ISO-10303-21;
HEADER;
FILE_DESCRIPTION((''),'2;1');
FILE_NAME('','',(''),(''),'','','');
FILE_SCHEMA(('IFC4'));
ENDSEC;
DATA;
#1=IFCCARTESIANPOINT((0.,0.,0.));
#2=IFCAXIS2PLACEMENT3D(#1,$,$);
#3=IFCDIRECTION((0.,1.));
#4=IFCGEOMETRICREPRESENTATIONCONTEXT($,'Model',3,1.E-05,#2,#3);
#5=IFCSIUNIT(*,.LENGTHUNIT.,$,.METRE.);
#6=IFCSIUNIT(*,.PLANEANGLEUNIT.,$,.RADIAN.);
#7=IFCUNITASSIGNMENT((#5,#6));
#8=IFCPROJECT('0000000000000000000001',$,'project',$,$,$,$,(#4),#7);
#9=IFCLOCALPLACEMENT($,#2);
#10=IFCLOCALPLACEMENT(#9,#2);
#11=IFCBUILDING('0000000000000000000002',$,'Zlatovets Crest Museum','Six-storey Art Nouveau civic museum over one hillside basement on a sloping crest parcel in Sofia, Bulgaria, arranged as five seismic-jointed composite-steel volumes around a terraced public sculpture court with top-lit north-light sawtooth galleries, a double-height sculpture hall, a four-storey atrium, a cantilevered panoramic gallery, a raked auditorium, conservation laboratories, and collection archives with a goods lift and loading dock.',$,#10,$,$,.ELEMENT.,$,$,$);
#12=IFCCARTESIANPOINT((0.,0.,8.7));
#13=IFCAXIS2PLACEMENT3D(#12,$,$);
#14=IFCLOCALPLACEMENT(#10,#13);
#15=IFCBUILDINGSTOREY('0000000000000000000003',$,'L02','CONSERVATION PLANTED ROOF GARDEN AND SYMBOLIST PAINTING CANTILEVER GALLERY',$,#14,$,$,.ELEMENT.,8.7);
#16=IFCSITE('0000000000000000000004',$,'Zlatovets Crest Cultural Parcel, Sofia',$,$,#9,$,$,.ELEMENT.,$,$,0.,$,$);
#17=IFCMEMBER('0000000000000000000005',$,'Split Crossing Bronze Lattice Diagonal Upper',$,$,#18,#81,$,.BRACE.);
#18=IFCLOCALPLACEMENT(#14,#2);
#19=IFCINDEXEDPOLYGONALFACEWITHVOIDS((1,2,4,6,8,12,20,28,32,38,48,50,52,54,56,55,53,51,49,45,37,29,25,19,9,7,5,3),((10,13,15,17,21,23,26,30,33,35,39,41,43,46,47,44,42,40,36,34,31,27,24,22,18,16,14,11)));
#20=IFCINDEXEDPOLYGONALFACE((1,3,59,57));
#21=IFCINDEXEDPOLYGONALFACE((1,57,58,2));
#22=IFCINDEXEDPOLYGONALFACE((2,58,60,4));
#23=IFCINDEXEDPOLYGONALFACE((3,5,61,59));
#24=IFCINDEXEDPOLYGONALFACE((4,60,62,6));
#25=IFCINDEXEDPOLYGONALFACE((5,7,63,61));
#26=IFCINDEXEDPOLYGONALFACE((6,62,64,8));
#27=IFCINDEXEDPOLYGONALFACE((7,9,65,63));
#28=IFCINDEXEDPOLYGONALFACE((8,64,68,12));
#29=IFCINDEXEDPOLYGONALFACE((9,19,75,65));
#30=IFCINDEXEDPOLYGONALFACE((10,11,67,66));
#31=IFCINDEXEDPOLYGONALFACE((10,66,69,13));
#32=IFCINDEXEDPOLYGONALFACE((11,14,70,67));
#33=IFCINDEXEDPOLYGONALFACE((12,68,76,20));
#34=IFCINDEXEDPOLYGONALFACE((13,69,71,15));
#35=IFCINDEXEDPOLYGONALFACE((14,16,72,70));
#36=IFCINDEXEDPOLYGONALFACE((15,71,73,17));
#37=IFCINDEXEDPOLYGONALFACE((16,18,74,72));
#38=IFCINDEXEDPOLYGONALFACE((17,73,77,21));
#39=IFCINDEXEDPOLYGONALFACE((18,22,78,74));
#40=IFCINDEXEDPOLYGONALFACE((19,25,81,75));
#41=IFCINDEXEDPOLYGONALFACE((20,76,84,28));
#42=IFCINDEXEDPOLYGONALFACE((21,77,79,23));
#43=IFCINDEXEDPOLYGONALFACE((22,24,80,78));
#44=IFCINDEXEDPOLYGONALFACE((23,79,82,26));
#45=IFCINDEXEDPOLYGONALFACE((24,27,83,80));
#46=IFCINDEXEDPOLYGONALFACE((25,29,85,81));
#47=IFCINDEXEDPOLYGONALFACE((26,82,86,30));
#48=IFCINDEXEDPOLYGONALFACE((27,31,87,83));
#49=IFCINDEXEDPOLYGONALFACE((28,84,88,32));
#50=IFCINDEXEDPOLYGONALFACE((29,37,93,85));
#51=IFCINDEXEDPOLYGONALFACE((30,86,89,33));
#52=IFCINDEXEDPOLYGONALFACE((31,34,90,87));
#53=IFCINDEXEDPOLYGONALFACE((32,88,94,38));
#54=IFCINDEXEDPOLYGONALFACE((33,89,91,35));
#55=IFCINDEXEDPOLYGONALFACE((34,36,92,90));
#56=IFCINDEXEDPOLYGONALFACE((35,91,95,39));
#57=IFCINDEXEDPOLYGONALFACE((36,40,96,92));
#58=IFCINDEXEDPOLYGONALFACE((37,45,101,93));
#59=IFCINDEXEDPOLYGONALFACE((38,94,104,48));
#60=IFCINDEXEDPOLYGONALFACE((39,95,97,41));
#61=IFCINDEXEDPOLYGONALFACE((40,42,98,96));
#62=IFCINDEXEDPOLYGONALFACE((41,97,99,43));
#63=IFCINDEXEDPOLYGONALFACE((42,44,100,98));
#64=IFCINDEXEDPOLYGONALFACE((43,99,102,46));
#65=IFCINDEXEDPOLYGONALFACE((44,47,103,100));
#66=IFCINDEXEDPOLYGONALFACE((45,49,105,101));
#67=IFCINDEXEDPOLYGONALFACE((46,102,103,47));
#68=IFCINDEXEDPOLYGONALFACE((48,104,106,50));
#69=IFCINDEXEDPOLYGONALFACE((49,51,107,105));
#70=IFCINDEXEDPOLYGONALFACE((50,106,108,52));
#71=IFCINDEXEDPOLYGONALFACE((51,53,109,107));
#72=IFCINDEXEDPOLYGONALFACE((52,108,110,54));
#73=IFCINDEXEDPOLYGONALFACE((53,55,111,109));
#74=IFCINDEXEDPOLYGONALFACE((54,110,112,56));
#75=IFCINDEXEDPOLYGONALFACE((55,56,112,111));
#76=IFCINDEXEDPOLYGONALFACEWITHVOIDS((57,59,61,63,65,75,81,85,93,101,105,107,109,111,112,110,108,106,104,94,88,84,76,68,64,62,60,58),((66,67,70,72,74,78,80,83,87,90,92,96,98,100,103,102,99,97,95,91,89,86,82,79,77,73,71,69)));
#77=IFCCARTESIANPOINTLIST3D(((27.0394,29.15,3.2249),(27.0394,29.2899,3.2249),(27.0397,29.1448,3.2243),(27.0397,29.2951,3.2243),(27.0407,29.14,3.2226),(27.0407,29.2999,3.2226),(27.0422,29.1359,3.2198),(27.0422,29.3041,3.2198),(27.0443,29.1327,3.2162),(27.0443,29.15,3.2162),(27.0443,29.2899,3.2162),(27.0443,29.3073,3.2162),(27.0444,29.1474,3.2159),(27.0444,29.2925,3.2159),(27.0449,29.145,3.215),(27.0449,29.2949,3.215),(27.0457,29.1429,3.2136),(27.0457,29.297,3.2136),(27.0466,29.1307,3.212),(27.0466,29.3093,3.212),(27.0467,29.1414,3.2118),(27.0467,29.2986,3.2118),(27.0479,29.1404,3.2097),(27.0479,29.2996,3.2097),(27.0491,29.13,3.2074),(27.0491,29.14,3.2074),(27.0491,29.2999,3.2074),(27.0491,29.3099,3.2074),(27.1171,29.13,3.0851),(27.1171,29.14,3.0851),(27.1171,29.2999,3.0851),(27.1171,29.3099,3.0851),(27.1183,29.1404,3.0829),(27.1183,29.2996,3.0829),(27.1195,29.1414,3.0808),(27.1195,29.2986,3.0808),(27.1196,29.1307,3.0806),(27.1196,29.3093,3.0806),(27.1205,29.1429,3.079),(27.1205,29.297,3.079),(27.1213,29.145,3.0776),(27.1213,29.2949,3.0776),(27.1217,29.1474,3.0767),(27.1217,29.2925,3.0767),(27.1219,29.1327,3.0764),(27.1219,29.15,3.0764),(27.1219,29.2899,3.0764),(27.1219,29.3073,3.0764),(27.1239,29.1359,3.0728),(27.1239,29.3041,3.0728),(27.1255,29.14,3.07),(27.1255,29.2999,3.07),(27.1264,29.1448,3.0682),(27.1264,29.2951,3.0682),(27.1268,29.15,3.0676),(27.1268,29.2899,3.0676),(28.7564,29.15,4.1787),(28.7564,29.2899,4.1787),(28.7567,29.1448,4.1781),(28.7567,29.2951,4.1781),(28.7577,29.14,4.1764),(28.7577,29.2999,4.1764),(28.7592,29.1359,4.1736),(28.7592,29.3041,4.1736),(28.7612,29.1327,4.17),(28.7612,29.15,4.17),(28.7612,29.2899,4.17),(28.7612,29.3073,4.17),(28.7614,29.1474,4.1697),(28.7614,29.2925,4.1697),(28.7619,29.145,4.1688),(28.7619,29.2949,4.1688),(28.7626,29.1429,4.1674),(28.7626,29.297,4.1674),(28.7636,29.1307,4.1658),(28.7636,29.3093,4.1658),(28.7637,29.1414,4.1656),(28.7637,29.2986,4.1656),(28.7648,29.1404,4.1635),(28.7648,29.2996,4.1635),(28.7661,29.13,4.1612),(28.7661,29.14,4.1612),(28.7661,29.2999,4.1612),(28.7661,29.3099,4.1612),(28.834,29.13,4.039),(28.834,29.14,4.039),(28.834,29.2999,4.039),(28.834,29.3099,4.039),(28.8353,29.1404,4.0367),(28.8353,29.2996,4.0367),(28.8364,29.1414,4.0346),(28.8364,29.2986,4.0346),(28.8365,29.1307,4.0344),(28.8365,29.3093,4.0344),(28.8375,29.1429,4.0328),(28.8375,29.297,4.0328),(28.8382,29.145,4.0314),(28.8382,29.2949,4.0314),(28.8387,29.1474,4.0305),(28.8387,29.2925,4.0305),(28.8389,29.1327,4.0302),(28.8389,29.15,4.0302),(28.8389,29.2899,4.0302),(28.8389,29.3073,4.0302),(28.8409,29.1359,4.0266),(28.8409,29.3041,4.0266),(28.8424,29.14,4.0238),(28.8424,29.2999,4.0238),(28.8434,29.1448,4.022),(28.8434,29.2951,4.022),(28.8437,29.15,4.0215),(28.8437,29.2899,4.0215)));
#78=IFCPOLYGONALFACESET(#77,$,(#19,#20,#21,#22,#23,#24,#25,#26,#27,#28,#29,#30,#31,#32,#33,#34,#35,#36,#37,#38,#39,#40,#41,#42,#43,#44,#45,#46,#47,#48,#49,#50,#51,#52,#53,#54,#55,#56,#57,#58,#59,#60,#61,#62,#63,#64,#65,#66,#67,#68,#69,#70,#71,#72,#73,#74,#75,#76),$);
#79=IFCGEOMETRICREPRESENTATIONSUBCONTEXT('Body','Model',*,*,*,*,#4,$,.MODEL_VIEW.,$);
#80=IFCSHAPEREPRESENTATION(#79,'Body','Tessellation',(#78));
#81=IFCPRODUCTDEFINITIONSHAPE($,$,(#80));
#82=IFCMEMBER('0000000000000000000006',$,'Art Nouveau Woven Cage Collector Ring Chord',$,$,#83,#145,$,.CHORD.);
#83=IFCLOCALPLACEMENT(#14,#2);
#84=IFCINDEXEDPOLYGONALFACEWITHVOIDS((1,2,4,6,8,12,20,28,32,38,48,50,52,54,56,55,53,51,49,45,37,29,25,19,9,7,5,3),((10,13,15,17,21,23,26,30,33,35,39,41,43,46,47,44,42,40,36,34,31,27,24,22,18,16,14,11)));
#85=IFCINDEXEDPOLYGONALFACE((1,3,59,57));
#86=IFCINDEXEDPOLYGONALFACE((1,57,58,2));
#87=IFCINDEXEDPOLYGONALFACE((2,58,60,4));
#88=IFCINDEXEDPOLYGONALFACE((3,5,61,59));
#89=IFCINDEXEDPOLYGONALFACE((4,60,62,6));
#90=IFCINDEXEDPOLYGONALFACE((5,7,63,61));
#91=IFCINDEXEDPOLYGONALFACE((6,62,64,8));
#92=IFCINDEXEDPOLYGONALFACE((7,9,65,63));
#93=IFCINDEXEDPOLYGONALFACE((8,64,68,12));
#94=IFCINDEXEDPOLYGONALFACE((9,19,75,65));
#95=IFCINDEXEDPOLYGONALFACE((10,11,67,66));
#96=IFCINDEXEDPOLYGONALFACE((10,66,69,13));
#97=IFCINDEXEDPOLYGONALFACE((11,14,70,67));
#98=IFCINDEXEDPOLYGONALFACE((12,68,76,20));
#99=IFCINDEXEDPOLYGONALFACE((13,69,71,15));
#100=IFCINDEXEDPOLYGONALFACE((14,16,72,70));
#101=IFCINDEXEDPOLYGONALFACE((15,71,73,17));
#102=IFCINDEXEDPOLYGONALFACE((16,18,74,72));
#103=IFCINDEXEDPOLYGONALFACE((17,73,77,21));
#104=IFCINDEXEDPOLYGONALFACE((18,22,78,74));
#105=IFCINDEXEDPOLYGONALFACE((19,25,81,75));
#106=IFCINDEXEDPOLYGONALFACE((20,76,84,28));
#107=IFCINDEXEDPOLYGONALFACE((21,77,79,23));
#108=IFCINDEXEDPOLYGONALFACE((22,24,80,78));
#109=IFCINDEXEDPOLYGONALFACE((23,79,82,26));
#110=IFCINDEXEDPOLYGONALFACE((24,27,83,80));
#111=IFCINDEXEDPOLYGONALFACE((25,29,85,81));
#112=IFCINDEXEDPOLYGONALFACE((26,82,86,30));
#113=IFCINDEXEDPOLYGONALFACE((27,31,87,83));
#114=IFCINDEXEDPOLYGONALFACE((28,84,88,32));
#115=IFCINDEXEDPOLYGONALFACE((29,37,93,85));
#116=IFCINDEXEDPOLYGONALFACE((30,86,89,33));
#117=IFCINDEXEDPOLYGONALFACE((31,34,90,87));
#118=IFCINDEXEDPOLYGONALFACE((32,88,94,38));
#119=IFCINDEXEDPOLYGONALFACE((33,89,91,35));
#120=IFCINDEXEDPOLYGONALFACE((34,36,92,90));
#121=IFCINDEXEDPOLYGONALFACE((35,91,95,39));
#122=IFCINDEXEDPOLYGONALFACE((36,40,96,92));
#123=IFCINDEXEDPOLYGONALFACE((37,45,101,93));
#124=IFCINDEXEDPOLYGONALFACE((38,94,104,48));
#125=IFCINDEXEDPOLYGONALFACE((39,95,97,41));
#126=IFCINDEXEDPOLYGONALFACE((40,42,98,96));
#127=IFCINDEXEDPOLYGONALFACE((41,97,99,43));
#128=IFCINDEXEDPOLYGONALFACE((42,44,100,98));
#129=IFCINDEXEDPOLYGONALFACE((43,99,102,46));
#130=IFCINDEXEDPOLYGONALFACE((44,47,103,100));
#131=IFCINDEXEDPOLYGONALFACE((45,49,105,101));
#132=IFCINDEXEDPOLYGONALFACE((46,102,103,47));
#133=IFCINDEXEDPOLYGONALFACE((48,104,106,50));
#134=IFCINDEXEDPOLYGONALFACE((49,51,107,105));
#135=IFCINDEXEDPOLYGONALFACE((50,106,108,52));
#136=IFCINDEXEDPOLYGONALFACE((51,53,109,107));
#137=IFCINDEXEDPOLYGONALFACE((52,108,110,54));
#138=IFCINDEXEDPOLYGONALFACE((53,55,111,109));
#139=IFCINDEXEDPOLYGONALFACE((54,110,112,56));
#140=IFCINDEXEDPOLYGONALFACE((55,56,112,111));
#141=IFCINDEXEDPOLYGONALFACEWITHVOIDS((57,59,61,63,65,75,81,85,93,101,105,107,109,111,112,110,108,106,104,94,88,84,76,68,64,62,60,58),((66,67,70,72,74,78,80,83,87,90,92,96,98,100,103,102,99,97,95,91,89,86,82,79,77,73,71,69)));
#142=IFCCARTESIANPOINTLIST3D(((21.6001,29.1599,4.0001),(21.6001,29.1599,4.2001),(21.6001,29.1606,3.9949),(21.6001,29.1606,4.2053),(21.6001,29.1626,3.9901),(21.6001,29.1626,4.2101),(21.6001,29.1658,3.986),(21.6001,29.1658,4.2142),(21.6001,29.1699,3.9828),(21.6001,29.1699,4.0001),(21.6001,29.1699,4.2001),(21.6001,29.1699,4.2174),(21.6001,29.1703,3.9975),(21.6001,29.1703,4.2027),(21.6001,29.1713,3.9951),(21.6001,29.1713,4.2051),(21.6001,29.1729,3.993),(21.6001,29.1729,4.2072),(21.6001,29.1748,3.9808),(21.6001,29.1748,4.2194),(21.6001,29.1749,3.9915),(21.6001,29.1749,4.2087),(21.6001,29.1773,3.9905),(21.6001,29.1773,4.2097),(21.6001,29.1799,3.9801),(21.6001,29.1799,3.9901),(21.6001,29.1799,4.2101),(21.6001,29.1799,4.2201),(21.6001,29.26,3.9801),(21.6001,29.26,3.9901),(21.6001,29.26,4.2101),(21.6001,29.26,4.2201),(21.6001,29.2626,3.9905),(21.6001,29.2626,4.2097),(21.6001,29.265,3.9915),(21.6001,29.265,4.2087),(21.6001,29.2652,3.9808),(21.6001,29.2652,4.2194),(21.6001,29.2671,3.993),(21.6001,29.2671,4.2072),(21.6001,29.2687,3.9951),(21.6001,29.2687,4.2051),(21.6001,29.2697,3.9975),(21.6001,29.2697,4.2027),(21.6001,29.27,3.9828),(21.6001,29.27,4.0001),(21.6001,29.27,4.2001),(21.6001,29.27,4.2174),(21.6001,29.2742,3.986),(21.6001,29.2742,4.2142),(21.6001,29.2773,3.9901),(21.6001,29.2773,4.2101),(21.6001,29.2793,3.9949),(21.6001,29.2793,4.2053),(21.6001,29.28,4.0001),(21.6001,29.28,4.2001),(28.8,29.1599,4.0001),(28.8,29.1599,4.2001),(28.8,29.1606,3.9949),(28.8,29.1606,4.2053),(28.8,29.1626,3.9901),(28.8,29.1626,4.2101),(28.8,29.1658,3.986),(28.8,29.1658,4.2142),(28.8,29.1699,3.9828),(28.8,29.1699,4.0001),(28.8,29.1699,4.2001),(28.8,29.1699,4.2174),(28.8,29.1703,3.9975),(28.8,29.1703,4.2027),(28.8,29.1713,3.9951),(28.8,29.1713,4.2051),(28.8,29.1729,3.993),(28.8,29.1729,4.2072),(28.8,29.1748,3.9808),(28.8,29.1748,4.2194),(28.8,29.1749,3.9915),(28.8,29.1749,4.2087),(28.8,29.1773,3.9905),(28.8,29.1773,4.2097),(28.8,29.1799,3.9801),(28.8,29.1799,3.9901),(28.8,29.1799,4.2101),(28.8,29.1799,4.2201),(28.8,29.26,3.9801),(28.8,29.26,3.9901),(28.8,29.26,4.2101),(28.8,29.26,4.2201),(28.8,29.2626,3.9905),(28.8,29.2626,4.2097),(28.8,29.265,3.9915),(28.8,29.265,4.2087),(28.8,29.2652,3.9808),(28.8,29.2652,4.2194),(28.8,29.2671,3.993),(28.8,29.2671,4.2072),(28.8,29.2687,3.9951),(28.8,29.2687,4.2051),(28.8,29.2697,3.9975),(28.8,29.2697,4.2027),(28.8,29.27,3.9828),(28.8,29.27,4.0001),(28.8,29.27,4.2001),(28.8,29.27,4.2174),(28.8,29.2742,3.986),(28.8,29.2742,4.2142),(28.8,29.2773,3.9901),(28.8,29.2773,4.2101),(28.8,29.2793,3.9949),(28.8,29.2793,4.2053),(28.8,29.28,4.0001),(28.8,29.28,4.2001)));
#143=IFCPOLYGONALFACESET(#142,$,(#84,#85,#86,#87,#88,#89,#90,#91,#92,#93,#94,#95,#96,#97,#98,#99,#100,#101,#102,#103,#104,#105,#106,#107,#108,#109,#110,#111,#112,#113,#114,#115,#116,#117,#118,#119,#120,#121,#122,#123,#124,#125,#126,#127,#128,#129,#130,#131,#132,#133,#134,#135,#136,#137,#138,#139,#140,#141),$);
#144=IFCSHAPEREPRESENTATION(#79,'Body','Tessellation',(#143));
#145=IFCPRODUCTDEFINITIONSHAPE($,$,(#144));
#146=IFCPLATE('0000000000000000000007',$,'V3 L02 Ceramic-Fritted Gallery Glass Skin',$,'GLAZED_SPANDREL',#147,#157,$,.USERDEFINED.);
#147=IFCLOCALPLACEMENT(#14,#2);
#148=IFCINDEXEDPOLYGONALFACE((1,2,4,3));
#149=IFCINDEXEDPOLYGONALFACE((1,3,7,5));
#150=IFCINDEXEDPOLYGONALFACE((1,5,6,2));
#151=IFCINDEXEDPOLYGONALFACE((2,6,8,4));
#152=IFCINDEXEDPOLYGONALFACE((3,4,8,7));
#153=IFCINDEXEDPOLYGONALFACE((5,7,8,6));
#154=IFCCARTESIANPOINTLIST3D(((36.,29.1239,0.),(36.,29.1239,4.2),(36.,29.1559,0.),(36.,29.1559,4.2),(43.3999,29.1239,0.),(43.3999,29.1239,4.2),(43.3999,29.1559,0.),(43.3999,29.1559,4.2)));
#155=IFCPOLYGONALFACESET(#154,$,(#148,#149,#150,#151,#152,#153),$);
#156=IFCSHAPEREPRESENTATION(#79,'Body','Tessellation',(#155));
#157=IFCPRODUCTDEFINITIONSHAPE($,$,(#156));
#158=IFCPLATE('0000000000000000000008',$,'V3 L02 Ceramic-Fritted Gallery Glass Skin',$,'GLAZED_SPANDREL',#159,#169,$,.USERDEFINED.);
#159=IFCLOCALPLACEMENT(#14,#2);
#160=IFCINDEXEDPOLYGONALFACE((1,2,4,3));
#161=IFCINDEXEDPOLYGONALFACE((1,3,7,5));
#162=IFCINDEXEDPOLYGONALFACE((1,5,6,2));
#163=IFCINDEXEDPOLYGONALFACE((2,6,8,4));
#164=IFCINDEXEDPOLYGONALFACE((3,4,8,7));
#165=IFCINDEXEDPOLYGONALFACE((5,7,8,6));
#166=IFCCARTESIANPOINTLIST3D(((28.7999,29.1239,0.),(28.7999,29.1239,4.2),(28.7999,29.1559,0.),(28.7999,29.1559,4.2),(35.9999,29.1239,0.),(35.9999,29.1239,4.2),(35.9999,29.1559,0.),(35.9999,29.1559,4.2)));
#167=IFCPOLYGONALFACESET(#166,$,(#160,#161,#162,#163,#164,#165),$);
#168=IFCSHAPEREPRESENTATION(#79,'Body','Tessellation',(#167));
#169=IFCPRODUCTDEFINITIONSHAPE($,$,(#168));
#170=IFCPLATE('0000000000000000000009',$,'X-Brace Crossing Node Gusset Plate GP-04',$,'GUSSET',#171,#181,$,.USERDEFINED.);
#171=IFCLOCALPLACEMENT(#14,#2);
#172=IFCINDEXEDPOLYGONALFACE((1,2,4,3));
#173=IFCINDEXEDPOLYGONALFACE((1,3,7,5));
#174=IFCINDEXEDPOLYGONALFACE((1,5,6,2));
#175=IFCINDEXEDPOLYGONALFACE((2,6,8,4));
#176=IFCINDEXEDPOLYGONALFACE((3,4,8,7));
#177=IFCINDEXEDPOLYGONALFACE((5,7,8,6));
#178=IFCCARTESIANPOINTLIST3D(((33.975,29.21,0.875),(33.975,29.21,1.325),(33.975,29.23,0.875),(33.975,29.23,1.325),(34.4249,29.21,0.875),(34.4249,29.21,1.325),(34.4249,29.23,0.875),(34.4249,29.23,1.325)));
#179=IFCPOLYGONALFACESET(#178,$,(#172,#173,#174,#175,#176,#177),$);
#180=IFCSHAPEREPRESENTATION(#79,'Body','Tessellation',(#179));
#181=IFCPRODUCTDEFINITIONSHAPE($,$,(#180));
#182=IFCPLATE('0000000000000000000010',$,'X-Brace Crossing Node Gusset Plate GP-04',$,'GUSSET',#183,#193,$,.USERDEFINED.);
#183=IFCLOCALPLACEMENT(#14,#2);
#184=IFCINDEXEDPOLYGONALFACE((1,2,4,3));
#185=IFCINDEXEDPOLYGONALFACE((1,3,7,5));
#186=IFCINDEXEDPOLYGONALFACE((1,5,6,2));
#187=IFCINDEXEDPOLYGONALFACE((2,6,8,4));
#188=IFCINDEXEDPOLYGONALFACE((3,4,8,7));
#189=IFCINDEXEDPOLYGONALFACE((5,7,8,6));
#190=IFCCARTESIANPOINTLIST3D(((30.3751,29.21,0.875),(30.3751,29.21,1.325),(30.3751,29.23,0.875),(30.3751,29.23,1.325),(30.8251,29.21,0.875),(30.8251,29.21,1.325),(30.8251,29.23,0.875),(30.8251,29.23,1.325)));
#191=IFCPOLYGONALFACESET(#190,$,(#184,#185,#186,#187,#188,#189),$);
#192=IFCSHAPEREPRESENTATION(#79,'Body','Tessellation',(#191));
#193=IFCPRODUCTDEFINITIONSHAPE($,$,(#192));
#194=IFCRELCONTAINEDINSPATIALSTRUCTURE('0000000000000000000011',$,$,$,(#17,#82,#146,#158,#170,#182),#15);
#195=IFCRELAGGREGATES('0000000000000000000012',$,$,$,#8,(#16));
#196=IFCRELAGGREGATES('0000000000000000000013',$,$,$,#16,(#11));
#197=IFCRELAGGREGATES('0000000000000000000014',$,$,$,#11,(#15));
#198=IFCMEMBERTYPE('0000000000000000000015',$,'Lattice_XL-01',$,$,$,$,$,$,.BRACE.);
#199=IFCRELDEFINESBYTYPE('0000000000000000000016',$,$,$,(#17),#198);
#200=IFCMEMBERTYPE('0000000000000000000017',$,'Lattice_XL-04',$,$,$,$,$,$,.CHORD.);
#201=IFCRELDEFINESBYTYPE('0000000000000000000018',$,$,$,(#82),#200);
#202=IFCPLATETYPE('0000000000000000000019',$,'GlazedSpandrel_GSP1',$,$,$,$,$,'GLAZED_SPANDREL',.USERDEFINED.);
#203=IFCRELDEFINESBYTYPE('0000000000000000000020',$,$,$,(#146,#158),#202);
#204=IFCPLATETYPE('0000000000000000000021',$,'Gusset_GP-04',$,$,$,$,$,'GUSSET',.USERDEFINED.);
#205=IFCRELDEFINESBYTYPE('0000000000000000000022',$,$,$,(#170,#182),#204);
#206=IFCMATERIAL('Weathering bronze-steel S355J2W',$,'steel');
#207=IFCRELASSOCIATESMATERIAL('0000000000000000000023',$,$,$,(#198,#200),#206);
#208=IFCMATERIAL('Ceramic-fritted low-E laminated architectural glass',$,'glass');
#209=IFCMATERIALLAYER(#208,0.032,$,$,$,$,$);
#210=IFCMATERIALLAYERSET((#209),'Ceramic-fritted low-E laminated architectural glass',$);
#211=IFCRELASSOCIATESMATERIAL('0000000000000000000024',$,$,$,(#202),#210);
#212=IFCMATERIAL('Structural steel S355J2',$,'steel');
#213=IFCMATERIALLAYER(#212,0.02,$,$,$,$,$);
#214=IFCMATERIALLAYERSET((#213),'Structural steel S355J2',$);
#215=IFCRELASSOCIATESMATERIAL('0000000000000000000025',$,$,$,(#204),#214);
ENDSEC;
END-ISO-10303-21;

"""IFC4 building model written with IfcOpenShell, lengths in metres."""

from ifc_helpers import new_model, si_unit, direction, frame, origin, origin_2d, place, context, subcontext, project, spatial, rectangle, hollow_rectangle, extrude, material, layer, layer_set, material_profile, profile_set, type_object, element, save


model = new_model("IFC4")

# Units and contexts
model_context = context("Model", 3, precision=1e-05, world=origin(), true_north=direction((0.0, 1.0)))
body_context = subcontext(model_context, "Body", "Model", "MODEL_VIEW")
ifc_project = project(units=[si_unit("LENGTHUNIT", "METRE"), si_unit("PLANEANGLEUNIT", "RADIAN")], contexts=[model_context])

# Site, building, storey
site_placement = place(None, origin())
site = spatial("IfcSite", under=ifc_project, at=site_placement, Name="Zlatovets Crest Cultural Parcel, Sofia", CompositionType="ELEMENT", RefElevation=0.0)
building_placement = place(site_placement, origin())
building = spatial("IfcBuilding", under=site, at=building_placement, Name="Zlatovets Crest Museum", Description="Six-storey Art Nouveau civic museum over one hillside basement on a sloping crest parcel in Sofia, Bulgaria, arranged as five seismic-jointed composite-steel volumes around a terraced public sculpture court with top-lit north-light sawtooth galleries, a double-height sculpture hall, a four-storey atrium, a cantilevered panoramic gallery, a raked auditorium, conservation laboratories, and collection archives with a goods lift and loading dock.", CompositionType="ELEMENT")
storey_placement = place(building_placement, frame((0.0, 0.0, 8.7)))
storey = spatial("IfcBuildingStorey", under=building, at=storey_placement, Name="L02", Description="CONSERVATION PLANTED ROOF GARDEN AND SYMBOLIST PAINTING CANTILEVER GALLERY", CompositionType="ELEMENT", Elevation=8.7)

# Shared definitions
ifc_material_1 = material(Name="Structural steel S355J2", Category="steel")

# Members
ifc_material_2 = material(Name="Weathering bronze-steel S355J2W", Category="steel")
ifc_material_profile_1 = material_profile(ifc_material_2, hollow_rectangle(XDim=0.1799, YDim=0.1799, WallThickness=0.01, InnerFilletRadius=0.01, OuterFilletRadius=0.02, at=origin_2d()), Name="SHS 180x180x10.0")
ifc_profile_set_1 = profile_set([ifc_material_profile_1], Name="Weathering bronze-steel S355J2W")
member_type_1 = type_object("IfcMemberType", Name="Lattice_XL-01", PredefinedType="BRACE", material=ifc_profile_set_1)
member_1_placement = place(storey_placement, frame((28.8, 29.22, 4.1001), z_axis=(-0.874169, 0.0, -0.485622), x_axis=(0.0, -1.0, 0.0)))
element("IfcMember", 1, at=member_1_placement, inside=storey, type_object=member_type_1, Name="Split Crossing Bronze Lattice Diagonal Upper", PredefinedType="BRACE", context=body_context, shape_type="SweptSolid", body=[
    extrude(hollow_rectangle(XDim=0.1799, YDim=0.1799, WallThickness=0.01, InnerFilletRadius=0.01, OuterFilletRadius=0.02, at=origin_2d()), origin(), (0.0, 0.0, 1.0), 1.9641),
])
ifc_material_profile_2 = material_profile(ifc_material_2, hollow_rectangle(XDim=0.1201, YDim=0.24, WallThickness=0.01, InnerFilletRadius=0.01, OuterFilletRadius=0.02, at=origin_2d()), Name="RHS 120x240x10.0")
ifc_profile_set_2 = profile_set([ifc_material_profile_2], Name="Weathering bronze-steel S355J2W")
member_type_2 = type_object("IfcMemberType", Name="Lattice_XL-04", PredefinedType="CHORD", material=ifc_profile_set_2)
member_2_placement = place(storey_placement, frame((28.8, 29.22, 4.1001), z_axis=(-1.0, 0.0, 0.0), x_axis=(0.0, -1.0, 0.0)))
element("IfcMember", 2, at=member_2_placement, inside=storey, type_object=member_type_2, Name="Art Nouveau Woven Cage Collector Ring Chord", PredefinedType="CHORD", context=body_context, shape_type="SweptSolid", body=[
    extrude(hollow_rectangle(XDim=0.1201, YDim=0.24, WallThickness=0.01, InnerFilletRadius=0.01, OuterFilletRadius=0.02, at=origin_2d()), origin(), (0.0, 0.0, 1.0), 7.2),
])

# Plates
ifc_material_3 = material(Name="Ceramic-fritted low-E laminated architectural glass", Category="glass")
ifc_layer_1 = layer(ifc_material_3, 0.032)
ifc_layer_set_1 = layer_set([ifc_layer_1], Name="Ceramic-fritted low-E laminated architectural glass")
plate_type_1 = type_object("IfcPlateType", Name="GlazedSpandrel_GSP1", ElementType="GLAZED_SPANDREL", PredefinedType="USERDEFINED", material=ifc_layer_set_1)
plate_1_placement = place(storey_placement, frame((39.7, 29.1399, 0.0), z_axis=(0.0, 0.0, 1.0), x_axis=(1.0, 0.0, 0.0)))
element("IfcPlate", 3, at=plate_1_placement, inside=storey, type_object=plate_type_1, Name="V3 L02 Ceramic-Fritted Gallery Glass Skin", ObjectType="GLAZED_SPANDREL", PredefinedType="USERDEFINED", context=body_context, shape_type="SweptSolid", body=[
    extrude(rectangle(XDim=7.3999, YDim=0.032, at=origin_2d()), origin(), (0.0, 0.0, 1.0), 4.2),
])
plate_2_placement = place(storey_placement, frame((32.3999, 29.1399, 0.0), z_axis=(0.0, 0.0, 1.0), x_axis=(1.0, 0.0, 0.0)))
element("IfcPlate", 4, at=plate_2_placement, inside=storey, type_object=plate_type_1, Name="V3 L02 Ceramic-Fritted Gallery Glass Skin", ObjectType="GLAZED_SPANDREL", PredefinedType="USERDEFINED", context=body_context, shape_type="SweptSolid", body=[
    extrude(rectangle(XDim=7.2, YDim=0.032, at=origin_2d()), origin(), (0.0, 0.0, 1.0), 4.2),
])
ifc_layer_2 = layer(ifc_material_1, 0.02)
ifc_layer_set_2 = layer_set([ifc_layer_2], Name="Structural steel S355J2")
plate_type_2 = type_object("IfcPlateType", Name="Gusset_GP-04", ElementType="GUSSET", PredefinedType="USERDEFINED", material=ifc_layer_set_2)
for number, where, z_axis, x_axis, name in (
    (5, (34.2, 29.22, 0.875), (0.0, 0.0, 1.0), (1.0, 0.0, 0.0), "X-Brace Crossing Node Gusset Plate GP-04"),
    (6, (30.6001, 29.22, 0.875), (0.0, 0.0, 1.0), (1.0, 0.0, 0.0), "X-Brace Crossing Node Gusset Plate GP-04"),
):
    element("IfcPlate", number, at=place(storey_placement, frame(where, z_axis=z_axis, x_axis=x_axis)), inside=storey, type_object=plate_type_2, Name=name, ObjectType="GUSSET", PredefinedType="USERDEFINED", context=body_context, shape_type="SweptSolid", body=[
        extrude(rectangle(XDim=0.45, YDim=0.02, at=origin_2d()), origin(), (0.0, 0.0, 1.0), 0.45),
    ])

save(model, "model.ifc")
